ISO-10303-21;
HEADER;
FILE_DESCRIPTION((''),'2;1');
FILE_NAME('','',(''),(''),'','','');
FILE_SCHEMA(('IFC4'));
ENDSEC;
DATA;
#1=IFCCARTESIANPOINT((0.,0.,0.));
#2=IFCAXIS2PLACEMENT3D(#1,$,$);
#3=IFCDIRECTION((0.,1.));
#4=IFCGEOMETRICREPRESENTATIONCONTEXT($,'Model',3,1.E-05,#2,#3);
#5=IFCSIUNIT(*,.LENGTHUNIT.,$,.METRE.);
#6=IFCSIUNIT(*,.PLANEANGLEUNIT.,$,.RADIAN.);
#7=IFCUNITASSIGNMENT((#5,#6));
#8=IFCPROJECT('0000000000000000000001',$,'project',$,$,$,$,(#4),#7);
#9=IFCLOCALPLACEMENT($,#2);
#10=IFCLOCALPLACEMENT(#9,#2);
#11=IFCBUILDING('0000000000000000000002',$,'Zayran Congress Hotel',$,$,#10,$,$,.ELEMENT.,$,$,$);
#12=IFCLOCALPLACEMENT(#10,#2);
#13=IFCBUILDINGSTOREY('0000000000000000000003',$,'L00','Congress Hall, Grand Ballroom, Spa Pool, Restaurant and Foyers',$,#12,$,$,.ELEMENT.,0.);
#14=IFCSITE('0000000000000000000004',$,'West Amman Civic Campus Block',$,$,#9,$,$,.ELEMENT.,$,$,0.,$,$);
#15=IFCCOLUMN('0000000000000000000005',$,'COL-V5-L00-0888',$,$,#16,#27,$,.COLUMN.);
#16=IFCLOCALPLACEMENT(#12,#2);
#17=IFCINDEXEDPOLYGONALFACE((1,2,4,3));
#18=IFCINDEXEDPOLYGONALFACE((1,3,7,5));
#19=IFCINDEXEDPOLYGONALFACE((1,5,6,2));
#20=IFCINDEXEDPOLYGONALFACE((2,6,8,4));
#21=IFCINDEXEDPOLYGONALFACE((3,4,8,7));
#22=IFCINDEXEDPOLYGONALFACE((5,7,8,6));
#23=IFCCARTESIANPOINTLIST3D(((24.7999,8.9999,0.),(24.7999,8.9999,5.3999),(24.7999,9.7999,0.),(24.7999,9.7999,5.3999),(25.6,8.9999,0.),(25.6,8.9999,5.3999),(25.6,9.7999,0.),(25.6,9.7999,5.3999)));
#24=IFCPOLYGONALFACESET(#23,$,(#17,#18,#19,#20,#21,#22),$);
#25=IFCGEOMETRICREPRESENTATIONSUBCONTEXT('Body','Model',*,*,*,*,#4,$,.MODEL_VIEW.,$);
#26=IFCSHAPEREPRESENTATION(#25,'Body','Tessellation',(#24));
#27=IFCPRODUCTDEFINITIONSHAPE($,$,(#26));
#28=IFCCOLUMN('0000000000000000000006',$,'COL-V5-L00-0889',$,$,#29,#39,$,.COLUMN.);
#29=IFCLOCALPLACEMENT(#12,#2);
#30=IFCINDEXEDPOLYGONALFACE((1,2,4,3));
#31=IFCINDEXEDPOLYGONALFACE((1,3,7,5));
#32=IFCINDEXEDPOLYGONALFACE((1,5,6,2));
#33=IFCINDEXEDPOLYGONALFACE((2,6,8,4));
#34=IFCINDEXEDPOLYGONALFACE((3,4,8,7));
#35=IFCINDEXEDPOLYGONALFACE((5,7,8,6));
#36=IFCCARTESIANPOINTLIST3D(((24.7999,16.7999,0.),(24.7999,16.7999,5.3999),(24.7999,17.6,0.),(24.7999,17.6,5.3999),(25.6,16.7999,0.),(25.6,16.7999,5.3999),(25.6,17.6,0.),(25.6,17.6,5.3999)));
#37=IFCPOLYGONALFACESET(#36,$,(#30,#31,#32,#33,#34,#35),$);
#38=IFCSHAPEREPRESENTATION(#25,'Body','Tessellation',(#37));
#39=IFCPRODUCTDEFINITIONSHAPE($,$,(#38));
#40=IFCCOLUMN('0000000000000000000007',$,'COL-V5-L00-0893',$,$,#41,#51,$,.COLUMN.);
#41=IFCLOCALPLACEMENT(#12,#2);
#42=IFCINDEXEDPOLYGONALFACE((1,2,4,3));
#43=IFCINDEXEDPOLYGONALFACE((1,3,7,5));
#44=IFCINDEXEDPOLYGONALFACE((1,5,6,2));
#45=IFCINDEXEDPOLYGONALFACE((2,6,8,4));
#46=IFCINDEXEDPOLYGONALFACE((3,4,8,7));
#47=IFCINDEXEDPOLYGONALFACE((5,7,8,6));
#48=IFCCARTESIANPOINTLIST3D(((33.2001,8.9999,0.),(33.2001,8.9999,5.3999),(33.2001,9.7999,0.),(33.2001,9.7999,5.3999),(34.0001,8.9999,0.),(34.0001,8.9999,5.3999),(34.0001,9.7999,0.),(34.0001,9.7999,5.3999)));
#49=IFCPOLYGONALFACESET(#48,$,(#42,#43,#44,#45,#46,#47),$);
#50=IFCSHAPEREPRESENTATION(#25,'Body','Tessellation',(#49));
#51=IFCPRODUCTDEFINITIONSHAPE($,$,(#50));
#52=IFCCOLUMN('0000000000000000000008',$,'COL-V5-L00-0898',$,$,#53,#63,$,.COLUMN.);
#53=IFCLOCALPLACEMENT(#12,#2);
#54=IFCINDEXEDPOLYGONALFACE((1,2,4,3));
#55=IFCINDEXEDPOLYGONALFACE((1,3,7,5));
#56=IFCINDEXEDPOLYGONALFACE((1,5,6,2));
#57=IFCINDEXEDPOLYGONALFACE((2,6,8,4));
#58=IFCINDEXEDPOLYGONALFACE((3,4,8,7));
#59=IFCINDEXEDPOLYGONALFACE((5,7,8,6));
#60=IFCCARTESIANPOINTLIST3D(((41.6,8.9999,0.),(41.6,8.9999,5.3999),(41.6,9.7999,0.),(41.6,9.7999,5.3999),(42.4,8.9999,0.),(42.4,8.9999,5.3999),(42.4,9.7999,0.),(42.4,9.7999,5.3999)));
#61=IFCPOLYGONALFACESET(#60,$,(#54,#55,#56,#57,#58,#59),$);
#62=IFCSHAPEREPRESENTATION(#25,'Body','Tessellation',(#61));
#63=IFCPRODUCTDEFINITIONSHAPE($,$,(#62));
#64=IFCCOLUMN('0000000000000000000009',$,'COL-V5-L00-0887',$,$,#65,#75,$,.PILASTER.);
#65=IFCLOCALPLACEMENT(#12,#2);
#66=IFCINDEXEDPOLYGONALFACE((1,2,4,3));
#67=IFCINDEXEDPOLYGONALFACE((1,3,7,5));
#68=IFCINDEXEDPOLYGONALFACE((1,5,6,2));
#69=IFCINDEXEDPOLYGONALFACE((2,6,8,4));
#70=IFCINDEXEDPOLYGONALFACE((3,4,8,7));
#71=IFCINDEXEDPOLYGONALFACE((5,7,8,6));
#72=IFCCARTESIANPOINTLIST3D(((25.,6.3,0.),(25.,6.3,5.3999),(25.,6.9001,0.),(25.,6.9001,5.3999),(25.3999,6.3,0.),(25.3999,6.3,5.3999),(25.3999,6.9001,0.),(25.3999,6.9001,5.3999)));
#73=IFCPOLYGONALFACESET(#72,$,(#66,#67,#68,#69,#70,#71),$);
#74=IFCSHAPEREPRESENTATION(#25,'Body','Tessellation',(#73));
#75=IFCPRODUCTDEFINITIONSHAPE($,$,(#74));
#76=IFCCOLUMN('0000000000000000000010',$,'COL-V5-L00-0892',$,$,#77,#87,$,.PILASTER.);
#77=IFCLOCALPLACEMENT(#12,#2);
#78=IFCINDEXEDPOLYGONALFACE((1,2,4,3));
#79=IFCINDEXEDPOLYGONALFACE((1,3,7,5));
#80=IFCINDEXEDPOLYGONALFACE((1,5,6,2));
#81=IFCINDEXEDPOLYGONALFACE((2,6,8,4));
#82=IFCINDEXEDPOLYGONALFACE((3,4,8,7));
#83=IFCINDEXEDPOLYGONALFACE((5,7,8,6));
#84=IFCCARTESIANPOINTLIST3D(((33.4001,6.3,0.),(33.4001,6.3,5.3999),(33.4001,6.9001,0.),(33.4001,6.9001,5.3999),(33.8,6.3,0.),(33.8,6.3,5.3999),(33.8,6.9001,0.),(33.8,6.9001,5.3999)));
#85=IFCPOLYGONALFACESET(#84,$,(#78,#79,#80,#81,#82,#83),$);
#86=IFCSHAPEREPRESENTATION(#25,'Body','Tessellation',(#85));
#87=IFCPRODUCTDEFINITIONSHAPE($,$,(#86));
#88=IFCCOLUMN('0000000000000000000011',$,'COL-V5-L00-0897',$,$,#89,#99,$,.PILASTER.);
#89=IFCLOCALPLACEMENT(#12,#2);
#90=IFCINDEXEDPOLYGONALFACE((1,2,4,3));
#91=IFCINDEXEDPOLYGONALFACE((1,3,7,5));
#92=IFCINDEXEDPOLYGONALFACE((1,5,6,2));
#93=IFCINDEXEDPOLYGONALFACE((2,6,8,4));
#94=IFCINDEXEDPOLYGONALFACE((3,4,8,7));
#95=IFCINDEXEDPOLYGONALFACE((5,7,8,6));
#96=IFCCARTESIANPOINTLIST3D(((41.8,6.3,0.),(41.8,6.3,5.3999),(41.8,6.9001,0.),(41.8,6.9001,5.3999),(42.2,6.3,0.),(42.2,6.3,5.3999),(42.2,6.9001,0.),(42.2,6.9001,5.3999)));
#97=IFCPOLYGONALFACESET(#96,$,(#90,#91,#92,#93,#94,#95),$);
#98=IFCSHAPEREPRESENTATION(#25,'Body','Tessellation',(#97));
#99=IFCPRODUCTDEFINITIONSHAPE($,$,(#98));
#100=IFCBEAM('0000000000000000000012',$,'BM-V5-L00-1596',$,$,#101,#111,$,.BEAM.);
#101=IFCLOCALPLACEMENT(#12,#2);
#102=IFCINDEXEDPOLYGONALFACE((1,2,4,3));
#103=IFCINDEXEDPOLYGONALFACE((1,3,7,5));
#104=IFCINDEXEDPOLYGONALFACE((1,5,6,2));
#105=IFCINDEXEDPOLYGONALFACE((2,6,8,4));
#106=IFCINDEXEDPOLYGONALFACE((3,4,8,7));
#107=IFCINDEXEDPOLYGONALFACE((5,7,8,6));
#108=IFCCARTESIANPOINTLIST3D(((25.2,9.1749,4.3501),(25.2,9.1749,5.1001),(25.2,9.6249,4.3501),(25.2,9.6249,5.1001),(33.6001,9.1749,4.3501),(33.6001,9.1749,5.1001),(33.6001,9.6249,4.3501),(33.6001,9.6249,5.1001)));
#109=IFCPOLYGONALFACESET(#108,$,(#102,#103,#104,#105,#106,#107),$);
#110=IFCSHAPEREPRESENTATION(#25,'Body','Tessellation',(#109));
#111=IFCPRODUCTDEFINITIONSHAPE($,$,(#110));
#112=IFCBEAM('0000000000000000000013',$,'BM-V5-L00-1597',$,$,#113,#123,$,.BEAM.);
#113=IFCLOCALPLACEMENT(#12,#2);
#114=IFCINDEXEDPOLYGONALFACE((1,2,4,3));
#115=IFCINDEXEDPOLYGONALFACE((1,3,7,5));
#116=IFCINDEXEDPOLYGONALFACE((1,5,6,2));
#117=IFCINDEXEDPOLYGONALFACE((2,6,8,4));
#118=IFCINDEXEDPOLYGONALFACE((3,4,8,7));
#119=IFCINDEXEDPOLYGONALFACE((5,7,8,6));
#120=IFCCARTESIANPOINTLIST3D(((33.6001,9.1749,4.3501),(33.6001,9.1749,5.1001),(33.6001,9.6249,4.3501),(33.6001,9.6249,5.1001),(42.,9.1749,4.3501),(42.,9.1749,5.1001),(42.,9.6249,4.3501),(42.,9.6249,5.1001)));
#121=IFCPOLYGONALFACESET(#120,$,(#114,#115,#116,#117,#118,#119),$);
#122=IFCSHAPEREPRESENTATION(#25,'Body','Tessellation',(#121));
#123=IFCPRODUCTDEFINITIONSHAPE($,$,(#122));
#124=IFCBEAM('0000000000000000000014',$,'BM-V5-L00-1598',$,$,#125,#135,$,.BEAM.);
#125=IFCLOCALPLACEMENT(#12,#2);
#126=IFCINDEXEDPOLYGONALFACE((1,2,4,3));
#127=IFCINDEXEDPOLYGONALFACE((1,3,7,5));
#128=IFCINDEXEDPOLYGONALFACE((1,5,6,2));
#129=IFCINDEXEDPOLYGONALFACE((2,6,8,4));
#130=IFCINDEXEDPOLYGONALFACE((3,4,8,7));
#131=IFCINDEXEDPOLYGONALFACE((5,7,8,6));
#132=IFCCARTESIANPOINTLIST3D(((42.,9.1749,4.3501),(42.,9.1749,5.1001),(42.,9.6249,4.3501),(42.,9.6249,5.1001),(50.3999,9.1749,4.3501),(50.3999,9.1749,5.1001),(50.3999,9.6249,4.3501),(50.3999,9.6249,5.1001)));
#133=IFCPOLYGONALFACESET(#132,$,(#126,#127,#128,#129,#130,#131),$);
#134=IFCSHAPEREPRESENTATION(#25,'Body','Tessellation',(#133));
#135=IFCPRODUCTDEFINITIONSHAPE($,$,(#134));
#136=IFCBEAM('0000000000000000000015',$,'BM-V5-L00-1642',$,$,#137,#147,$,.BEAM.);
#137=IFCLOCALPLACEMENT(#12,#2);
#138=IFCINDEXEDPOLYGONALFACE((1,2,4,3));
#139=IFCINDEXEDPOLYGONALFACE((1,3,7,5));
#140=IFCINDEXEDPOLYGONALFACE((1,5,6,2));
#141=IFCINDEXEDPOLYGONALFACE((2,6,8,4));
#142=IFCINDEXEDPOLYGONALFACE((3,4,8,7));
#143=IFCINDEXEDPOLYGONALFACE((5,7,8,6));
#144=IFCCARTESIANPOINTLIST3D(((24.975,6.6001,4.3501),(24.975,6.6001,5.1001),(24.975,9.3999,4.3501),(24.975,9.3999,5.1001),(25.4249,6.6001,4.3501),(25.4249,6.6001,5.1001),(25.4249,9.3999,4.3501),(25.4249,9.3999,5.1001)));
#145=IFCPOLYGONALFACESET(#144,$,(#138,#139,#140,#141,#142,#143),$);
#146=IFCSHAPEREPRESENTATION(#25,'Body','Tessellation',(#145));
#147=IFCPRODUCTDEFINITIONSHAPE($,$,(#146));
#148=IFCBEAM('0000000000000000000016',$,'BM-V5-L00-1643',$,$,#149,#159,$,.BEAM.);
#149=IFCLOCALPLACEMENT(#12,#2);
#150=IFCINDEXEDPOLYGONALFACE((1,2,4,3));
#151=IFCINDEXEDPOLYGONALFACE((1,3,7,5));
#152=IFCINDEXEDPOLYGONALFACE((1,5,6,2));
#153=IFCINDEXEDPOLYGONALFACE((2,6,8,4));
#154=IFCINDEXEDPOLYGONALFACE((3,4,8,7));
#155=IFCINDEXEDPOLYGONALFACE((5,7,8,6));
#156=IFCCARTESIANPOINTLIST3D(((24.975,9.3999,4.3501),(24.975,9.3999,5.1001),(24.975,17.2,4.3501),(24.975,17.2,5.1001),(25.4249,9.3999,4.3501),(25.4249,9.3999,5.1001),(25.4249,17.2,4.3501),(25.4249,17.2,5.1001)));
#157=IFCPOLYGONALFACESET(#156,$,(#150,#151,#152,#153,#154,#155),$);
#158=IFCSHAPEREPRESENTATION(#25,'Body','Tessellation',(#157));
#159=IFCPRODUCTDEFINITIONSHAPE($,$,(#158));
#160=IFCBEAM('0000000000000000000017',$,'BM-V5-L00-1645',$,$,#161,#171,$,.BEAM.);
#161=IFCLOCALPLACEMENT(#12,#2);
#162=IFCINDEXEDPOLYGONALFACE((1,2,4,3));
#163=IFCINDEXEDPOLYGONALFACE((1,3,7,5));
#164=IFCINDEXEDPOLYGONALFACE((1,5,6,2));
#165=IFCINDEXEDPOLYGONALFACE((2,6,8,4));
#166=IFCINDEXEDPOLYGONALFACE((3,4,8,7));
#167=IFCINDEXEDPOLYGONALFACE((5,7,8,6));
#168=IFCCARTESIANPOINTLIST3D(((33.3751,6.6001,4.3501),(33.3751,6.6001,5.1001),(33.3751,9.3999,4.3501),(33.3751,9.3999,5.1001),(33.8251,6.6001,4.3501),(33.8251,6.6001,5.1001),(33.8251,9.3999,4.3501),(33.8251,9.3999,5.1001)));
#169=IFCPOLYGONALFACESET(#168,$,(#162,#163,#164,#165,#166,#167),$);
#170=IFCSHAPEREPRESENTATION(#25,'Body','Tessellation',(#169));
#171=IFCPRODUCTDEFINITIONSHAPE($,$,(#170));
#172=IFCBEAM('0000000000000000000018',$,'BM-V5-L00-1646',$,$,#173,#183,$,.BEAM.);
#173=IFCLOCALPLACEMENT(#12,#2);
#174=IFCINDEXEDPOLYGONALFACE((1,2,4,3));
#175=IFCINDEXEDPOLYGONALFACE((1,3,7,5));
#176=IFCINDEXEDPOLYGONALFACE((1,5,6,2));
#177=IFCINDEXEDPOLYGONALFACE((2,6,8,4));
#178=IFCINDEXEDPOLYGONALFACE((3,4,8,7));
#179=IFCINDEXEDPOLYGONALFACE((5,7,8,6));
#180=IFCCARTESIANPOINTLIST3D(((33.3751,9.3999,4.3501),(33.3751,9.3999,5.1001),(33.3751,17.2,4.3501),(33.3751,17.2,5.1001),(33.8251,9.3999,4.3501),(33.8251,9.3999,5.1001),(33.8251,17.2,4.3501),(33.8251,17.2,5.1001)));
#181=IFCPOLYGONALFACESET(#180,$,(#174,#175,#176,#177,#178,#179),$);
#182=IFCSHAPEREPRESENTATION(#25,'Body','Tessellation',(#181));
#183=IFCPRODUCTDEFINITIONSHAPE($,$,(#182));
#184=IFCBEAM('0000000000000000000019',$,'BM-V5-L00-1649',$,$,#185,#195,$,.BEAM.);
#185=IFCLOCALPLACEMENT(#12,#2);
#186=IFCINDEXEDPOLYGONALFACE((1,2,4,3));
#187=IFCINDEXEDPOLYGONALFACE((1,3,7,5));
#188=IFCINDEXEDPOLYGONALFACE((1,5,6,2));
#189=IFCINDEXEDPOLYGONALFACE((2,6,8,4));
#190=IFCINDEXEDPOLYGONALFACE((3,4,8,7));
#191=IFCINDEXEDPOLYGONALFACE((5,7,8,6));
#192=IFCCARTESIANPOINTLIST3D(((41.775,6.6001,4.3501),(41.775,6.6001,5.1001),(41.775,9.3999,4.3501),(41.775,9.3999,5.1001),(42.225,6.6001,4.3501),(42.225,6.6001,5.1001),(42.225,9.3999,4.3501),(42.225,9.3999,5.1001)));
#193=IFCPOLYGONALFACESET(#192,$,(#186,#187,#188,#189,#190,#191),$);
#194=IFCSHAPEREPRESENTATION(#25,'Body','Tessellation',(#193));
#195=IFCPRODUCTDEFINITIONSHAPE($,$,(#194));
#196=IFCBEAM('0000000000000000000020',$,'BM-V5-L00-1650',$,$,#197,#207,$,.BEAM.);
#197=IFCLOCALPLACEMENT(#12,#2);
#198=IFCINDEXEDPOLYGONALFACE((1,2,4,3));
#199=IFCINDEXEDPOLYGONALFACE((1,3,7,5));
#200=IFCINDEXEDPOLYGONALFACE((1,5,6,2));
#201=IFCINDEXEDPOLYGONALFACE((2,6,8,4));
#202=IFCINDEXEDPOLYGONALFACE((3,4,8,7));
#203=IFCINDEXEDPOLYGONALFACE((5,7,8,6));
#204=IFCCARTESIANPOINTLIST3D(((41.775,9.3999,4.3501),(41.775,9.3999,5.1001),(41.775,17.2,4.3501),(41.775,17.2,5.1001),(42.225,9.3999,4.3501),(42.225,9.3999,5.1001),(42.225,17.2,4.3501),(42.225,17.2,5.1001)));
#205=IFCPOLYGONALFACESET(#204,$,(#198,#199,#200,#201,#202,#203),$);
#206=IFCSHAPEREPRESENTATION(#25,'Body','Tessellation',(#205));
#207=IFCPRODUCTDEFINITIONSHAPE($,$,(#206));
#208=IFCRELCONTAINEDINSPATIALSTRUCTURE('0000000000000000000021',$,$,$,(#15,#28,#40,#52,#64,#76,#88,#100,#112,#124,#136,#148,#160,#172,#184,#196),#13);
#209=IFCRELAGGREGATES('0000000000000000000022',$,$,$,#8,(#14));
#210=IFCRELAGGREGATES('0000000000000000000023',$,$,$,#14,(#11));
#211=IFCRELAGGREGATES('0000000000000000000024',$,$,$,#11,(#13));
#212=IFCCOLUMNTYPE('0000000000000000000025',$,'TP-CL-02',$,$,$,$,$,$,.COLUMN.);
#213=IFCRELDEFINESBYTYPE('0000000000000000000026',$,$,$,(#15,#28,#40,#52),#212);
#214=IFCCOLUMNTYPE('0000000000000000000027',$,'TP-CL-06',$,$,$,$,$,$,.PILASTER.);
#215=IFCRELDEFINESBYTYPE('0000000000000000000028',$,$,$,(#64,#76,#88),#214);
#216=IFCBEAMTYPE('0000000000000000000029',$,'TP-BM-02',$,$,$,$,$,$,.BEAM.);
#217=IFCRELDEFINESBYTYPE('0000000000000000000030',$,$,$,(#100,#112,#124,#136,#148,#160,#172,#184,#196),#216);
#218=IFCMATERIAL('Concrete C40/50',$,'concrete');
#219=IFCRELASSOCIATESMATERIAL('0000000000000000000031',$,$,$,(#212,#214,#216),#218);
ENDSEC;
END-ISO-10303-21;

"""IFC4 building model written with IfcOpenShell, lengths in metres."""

from ifc_helpers import new_model, si_unit, direction, frame, origin, origin_2d, place, context, subcontext, project, spatial, rectangle, extrude, material, material_profile, profile_set, type_object, element, save


model = new_model("IFC4")

# Units and contexts
model_context = context("Model", 3, precision=1e-05, world=origin(), true_north=direction((0.0, 1.0)))
body_context = subcontext(model_context, "Body", "Model", "MODEL_VIEW")
ifc_project = project(units=[si_unit("LENGTHUNIT", "METRE"), si_unit("PLANEANGLEUNIT", "RADIAN")], contexts=[model_context])

# Site, building, storey
site_placement = place(None, origin())
site = spatial("IfcSite", under=ifc_project, at=site_placement, Name="West Amman Civic Campus Block", CompositionType="ELEMENT", RefElevation=0.0)
building_placement = place(site_placement, origin())
building = spatial("IfcBuilding", under=site, at=building_placement, Name="Zayran Congress Hotel", CompositionType="ELEMENT")
storey_placement = place(building_placement, origin())
storey = spatial("IfcBuildingStorey", under=building, at=storey_placement, Name="L00", Description="Congress Hall, Grand Ballroom, Spa Pool, Restaurant and Foyers", CompositionType="ELEMENT", Elevation=0.0)

# Columns
ifc_material_1 = material(Name="Concrete C40/50", Category="concrete")
ifc_material_profile_1 = material_profile(ifc_material_1, rectangle(XDim=0.8, YDim=0.8, at=origin_2d()), Name="RC 800x800")
ifc_profile_set_1 = profile_set([ifc_material_profile_1], Name="Concrete C40/50")
column_type_1 = type_object("IfcColumnType", Name="TP-CL-02", PredefinedType="COLUMN", material=ifc_profile_set_1)
for number, where, z_axis, x_axis, name in (
    (1, (25.2, 9.3999, 0.0), (0.0, 0.0, 1.0), (1.0, 0.0, 0.0), "COL-V5-L00-0888"),
    (2, (25.2, 17.2, 0.0), (0.0, 0.0, 1.0), (1.0, 0.0, 0.0), "COL-V5-L00-0889"),
    (3, (33.6001, 9.3999, 0.0), (0.0, 0.0, 1.0), (1.0, 0.0, 0.0), "COL-V5-L00-0893"),
    (4, (42.0, 9.3999, 0.0), (0.0, 0.0, 1.0), (1.0, 0.0, 0.0), "COL-V5-L00-0898"),
):
    element("IfcColumn", number, at=place(storey_placement, frame(where, z_axis=z_axis, x_axis=x_axis)), inside=storey, type_object=column_type_1, Name=name, PredefinedType="COLUMN", context=body_context, shape_type="SweptSolid", body=[
        extrude(rectangle(XDim=0.8, YDim=0.8, at=origin_2d()), origin(), (0.0, 0.0, 1.0), 5.3999),
    ])
ifc_material_profile_2 = material_profile(ifc_material_1, rectangle(XDim=0.3999, YDim=0.6001, at=origin_2d()), Name="RC 600x400")
ifc_profile_set_2 = profile_set([ifc_material_profile_2], Name="Concrete C40/50")
column_type_2 = type_object("IfcColumnType", Name="TP-CL-06", PredefinedType="PILASTER", material=ifc_profile_set_2)
for number, where, z_axis, x_axis, name in (
    (5, (25.2, 6.6001, 0.0), (0.0, 0.0, 1.0), (1.0, 0.0, 0.0), "COL-V5-L00-0887"),
    (6, (33.6001, 6.6001, 0.0), (0.0, 0.0, 1.0), (1.0, 0.0, 0.0), "COL-V5-L00-0892"),
    (7, (42.0, 6.6001, 0.0), (0.0, 0.0, 1.0), (1.0, 0.0, 0.0), "COL-V5-L00-0897"),
):
    element("IfcColumn", number, at=place(storey_placement, frame(where, z_axis=z_axis, x_axis=x_axis)), inside=storey, type_object=column_type_2, Name=name, PredefinedType="PILASTER", context=body_context, shape_type="SweptSolid", body=[
        extrude(rectangle(XDim=0.3999, YDim=0.6001, at=origin_2d()), origin(), (0.0, 0.0, 1.0), 5.3999),
    ])

# Beams
ifc_material_profile_3 = material_profile(ifc_material_1, rectangle(XDim=0.45, YDim=0.75, at=origin_2d()), Name="RC 450x750")
ifc_profile_set_3 = profile_set([ifc_material_profile_3], Name="Concrete C40/50")
beam_type_1 = type_object("IfcBeamType", Name="TP-BM-02", PredefinedType="BEAM", material=ifc_profile_set_3)
beam_1_placement = place(storey_placement, frame((25.2, 9.3999, 4.7251), z_axis=(1.0, 0.0, 0.0), x_axis=(0.0, 1.0, 0.0)))
element("IfcBeam", 8, at=beam_1_placement, inside=storey, type_object=beam_type_1, Name="BM-V5-L00-1596", PredefinedType="BEAM", context=body_context, shape_type="SweptSolid", body=[
    extrude(rectangle(XDim=0.45, YDim=0.75, at=origin_2d()), origin(), (0.0, 0.0, 1.0), 8.4001),
])
for number, where, z_axis, x_axis, name in (
    (9, (33.6001, 9.3999, 4.7251), (1.0, 0.0, 0.0), (0.0, 1.0, 0.0), "BM-V5-L00-1597"),
    (10, (42.0, 9.3999, 4.7251), (1.0, 0.0, 0.0), (0.0, 1.0, 0.0), "BM-V5-L00-1598"),
):
    element("IfcBeam", number, at=place(storey_placement, frame(where, z_axis=z_axis, x_axis=x_axis)), inside=storey, type_object=beam_type_1, Name=name, PredefinedType="BEAM", context=body_context, shape_type="SweptSolid", body=[
        extrude(rectangle(XDim=0.45, YDim=0.75, at=origin_2d()), origin(), (0.0, 0.0, 1.0), 8.3999),
    ])
beam_2_placement = place(storey_placement, frame((25.2, 6.6001, 4.7251), z_axis=(0.0, 1.0, 0.0), x_axis=(-1.0, 0.0, 0.0)))
element("IfcBeam", 11, at=beam_2_placement, inside=storey, type_object=beam_type_1, Name="BM-V5-L00-1642", PredefinedType="BEAM", context=body_context, shape_type="SweptSolid", body=[
    extrude(rectangle(XDim=0.45, YDim=0.75, at=origin_2d()), origin(), (0.0, 0.0, 1.0), 2.7998),
])
beam_3_placement = place(storey_placement, frame((25.2, 9.3999, 4.7251), z_axis=(0.0, 1.0, 0.0), x_axis=(-1.0, 0.0, 0.0)))
element("IfcBeam", 12, at=beam_3_placement, inside=storey, type_object=beam_type_1, Name="BM-V5-L00-1643", PredefinedType="BEAM", context=body_context, shape_type="SweptSolid", body=[
    extrude(rectangle(XDim=0.45, YDim=0.75, at=origin_2d()), origin(), (0.0, 0.0, 1.0), 7.8),
])
beam_4_placement = place(storey_placement, frame((33.6001, 6.6001, 4.7251), z_axis=(0.0, 1.0, 0.0), x_axis=(-1.0, 0.0, 0.0)))
element("IfcBeam", 13, at=beam_4_placement, inside=storey, type_object=beam_type_1, Name="BM-V5-L00-1645", PredefinedType="BEAM", context=body_context, shape_type="SweptSolid", body=[
    extrude(rectangle(XDim=0.45, YDim=0.75, at=origin_2d()), origin(), (0.0, 0.0, 1.0), 2.7998),
])
beam_5_placement = place(storey_placement, frame((33.6001, 9.3999, 4.7251), z_axis=(0.0, 1.0, 0.0), x_axis=(-1.0, 0.0, 0.0)))
element("IfcBeam", 14, at=beam_5_placement, inside=storey, type_object=beam_type_1, Name="BM-V5-L00-1646", PredefinedType="BEAM", context=body_context, shape_type="SweptSolid", body=[
    extrude(rectangle(XDim=0.45, YDim=0.75, at=origin_2d()), origin(), (0.0, 0.0, 1.0), 7.8),
])
beam_6_placement = place(storey_placement, frame((42.0, 6.6001, 4.7251), z_axis=(0.0, 1.0, 0.0), x_axis=(-1.0, 0.0, 0.0)))
element("IfcBeam", 15, at=beam_6_placement, inside=storey, type_object=beam_type_1, Name="BM-V5-L00-1649", PredefinedType="BEAM", context=body_context, shape_type="SweptSolid", body=[
    extrude(rectangle(XDim=0.45, YDim=0.75, at=origin_2d()), origin(), (0.0, 0.0, 1.0), 2.7998),
])
beam_7_placement = place(storey_placement, frame((42.0, 9.3999, 4.7251), z_axis=(0.0, 1.0, 0.0), x_axis=(-1.0, 0.0, 0.0)))
element("IfcBeam", 16, at=beam_7_placement, inside=storey, type_object=beam_type_1, Name="BM-V5-L00-1650", PredefinedType="BEAM", context=body_context, shape_type="SweptSolid", body=[
    extrude(rectangle(XDim=0.45, YDim=0.75, at=origin_2d()), origin(), (0.0, 0.0, 1.0), 7.8),
])

save(model, "model.ifc")
